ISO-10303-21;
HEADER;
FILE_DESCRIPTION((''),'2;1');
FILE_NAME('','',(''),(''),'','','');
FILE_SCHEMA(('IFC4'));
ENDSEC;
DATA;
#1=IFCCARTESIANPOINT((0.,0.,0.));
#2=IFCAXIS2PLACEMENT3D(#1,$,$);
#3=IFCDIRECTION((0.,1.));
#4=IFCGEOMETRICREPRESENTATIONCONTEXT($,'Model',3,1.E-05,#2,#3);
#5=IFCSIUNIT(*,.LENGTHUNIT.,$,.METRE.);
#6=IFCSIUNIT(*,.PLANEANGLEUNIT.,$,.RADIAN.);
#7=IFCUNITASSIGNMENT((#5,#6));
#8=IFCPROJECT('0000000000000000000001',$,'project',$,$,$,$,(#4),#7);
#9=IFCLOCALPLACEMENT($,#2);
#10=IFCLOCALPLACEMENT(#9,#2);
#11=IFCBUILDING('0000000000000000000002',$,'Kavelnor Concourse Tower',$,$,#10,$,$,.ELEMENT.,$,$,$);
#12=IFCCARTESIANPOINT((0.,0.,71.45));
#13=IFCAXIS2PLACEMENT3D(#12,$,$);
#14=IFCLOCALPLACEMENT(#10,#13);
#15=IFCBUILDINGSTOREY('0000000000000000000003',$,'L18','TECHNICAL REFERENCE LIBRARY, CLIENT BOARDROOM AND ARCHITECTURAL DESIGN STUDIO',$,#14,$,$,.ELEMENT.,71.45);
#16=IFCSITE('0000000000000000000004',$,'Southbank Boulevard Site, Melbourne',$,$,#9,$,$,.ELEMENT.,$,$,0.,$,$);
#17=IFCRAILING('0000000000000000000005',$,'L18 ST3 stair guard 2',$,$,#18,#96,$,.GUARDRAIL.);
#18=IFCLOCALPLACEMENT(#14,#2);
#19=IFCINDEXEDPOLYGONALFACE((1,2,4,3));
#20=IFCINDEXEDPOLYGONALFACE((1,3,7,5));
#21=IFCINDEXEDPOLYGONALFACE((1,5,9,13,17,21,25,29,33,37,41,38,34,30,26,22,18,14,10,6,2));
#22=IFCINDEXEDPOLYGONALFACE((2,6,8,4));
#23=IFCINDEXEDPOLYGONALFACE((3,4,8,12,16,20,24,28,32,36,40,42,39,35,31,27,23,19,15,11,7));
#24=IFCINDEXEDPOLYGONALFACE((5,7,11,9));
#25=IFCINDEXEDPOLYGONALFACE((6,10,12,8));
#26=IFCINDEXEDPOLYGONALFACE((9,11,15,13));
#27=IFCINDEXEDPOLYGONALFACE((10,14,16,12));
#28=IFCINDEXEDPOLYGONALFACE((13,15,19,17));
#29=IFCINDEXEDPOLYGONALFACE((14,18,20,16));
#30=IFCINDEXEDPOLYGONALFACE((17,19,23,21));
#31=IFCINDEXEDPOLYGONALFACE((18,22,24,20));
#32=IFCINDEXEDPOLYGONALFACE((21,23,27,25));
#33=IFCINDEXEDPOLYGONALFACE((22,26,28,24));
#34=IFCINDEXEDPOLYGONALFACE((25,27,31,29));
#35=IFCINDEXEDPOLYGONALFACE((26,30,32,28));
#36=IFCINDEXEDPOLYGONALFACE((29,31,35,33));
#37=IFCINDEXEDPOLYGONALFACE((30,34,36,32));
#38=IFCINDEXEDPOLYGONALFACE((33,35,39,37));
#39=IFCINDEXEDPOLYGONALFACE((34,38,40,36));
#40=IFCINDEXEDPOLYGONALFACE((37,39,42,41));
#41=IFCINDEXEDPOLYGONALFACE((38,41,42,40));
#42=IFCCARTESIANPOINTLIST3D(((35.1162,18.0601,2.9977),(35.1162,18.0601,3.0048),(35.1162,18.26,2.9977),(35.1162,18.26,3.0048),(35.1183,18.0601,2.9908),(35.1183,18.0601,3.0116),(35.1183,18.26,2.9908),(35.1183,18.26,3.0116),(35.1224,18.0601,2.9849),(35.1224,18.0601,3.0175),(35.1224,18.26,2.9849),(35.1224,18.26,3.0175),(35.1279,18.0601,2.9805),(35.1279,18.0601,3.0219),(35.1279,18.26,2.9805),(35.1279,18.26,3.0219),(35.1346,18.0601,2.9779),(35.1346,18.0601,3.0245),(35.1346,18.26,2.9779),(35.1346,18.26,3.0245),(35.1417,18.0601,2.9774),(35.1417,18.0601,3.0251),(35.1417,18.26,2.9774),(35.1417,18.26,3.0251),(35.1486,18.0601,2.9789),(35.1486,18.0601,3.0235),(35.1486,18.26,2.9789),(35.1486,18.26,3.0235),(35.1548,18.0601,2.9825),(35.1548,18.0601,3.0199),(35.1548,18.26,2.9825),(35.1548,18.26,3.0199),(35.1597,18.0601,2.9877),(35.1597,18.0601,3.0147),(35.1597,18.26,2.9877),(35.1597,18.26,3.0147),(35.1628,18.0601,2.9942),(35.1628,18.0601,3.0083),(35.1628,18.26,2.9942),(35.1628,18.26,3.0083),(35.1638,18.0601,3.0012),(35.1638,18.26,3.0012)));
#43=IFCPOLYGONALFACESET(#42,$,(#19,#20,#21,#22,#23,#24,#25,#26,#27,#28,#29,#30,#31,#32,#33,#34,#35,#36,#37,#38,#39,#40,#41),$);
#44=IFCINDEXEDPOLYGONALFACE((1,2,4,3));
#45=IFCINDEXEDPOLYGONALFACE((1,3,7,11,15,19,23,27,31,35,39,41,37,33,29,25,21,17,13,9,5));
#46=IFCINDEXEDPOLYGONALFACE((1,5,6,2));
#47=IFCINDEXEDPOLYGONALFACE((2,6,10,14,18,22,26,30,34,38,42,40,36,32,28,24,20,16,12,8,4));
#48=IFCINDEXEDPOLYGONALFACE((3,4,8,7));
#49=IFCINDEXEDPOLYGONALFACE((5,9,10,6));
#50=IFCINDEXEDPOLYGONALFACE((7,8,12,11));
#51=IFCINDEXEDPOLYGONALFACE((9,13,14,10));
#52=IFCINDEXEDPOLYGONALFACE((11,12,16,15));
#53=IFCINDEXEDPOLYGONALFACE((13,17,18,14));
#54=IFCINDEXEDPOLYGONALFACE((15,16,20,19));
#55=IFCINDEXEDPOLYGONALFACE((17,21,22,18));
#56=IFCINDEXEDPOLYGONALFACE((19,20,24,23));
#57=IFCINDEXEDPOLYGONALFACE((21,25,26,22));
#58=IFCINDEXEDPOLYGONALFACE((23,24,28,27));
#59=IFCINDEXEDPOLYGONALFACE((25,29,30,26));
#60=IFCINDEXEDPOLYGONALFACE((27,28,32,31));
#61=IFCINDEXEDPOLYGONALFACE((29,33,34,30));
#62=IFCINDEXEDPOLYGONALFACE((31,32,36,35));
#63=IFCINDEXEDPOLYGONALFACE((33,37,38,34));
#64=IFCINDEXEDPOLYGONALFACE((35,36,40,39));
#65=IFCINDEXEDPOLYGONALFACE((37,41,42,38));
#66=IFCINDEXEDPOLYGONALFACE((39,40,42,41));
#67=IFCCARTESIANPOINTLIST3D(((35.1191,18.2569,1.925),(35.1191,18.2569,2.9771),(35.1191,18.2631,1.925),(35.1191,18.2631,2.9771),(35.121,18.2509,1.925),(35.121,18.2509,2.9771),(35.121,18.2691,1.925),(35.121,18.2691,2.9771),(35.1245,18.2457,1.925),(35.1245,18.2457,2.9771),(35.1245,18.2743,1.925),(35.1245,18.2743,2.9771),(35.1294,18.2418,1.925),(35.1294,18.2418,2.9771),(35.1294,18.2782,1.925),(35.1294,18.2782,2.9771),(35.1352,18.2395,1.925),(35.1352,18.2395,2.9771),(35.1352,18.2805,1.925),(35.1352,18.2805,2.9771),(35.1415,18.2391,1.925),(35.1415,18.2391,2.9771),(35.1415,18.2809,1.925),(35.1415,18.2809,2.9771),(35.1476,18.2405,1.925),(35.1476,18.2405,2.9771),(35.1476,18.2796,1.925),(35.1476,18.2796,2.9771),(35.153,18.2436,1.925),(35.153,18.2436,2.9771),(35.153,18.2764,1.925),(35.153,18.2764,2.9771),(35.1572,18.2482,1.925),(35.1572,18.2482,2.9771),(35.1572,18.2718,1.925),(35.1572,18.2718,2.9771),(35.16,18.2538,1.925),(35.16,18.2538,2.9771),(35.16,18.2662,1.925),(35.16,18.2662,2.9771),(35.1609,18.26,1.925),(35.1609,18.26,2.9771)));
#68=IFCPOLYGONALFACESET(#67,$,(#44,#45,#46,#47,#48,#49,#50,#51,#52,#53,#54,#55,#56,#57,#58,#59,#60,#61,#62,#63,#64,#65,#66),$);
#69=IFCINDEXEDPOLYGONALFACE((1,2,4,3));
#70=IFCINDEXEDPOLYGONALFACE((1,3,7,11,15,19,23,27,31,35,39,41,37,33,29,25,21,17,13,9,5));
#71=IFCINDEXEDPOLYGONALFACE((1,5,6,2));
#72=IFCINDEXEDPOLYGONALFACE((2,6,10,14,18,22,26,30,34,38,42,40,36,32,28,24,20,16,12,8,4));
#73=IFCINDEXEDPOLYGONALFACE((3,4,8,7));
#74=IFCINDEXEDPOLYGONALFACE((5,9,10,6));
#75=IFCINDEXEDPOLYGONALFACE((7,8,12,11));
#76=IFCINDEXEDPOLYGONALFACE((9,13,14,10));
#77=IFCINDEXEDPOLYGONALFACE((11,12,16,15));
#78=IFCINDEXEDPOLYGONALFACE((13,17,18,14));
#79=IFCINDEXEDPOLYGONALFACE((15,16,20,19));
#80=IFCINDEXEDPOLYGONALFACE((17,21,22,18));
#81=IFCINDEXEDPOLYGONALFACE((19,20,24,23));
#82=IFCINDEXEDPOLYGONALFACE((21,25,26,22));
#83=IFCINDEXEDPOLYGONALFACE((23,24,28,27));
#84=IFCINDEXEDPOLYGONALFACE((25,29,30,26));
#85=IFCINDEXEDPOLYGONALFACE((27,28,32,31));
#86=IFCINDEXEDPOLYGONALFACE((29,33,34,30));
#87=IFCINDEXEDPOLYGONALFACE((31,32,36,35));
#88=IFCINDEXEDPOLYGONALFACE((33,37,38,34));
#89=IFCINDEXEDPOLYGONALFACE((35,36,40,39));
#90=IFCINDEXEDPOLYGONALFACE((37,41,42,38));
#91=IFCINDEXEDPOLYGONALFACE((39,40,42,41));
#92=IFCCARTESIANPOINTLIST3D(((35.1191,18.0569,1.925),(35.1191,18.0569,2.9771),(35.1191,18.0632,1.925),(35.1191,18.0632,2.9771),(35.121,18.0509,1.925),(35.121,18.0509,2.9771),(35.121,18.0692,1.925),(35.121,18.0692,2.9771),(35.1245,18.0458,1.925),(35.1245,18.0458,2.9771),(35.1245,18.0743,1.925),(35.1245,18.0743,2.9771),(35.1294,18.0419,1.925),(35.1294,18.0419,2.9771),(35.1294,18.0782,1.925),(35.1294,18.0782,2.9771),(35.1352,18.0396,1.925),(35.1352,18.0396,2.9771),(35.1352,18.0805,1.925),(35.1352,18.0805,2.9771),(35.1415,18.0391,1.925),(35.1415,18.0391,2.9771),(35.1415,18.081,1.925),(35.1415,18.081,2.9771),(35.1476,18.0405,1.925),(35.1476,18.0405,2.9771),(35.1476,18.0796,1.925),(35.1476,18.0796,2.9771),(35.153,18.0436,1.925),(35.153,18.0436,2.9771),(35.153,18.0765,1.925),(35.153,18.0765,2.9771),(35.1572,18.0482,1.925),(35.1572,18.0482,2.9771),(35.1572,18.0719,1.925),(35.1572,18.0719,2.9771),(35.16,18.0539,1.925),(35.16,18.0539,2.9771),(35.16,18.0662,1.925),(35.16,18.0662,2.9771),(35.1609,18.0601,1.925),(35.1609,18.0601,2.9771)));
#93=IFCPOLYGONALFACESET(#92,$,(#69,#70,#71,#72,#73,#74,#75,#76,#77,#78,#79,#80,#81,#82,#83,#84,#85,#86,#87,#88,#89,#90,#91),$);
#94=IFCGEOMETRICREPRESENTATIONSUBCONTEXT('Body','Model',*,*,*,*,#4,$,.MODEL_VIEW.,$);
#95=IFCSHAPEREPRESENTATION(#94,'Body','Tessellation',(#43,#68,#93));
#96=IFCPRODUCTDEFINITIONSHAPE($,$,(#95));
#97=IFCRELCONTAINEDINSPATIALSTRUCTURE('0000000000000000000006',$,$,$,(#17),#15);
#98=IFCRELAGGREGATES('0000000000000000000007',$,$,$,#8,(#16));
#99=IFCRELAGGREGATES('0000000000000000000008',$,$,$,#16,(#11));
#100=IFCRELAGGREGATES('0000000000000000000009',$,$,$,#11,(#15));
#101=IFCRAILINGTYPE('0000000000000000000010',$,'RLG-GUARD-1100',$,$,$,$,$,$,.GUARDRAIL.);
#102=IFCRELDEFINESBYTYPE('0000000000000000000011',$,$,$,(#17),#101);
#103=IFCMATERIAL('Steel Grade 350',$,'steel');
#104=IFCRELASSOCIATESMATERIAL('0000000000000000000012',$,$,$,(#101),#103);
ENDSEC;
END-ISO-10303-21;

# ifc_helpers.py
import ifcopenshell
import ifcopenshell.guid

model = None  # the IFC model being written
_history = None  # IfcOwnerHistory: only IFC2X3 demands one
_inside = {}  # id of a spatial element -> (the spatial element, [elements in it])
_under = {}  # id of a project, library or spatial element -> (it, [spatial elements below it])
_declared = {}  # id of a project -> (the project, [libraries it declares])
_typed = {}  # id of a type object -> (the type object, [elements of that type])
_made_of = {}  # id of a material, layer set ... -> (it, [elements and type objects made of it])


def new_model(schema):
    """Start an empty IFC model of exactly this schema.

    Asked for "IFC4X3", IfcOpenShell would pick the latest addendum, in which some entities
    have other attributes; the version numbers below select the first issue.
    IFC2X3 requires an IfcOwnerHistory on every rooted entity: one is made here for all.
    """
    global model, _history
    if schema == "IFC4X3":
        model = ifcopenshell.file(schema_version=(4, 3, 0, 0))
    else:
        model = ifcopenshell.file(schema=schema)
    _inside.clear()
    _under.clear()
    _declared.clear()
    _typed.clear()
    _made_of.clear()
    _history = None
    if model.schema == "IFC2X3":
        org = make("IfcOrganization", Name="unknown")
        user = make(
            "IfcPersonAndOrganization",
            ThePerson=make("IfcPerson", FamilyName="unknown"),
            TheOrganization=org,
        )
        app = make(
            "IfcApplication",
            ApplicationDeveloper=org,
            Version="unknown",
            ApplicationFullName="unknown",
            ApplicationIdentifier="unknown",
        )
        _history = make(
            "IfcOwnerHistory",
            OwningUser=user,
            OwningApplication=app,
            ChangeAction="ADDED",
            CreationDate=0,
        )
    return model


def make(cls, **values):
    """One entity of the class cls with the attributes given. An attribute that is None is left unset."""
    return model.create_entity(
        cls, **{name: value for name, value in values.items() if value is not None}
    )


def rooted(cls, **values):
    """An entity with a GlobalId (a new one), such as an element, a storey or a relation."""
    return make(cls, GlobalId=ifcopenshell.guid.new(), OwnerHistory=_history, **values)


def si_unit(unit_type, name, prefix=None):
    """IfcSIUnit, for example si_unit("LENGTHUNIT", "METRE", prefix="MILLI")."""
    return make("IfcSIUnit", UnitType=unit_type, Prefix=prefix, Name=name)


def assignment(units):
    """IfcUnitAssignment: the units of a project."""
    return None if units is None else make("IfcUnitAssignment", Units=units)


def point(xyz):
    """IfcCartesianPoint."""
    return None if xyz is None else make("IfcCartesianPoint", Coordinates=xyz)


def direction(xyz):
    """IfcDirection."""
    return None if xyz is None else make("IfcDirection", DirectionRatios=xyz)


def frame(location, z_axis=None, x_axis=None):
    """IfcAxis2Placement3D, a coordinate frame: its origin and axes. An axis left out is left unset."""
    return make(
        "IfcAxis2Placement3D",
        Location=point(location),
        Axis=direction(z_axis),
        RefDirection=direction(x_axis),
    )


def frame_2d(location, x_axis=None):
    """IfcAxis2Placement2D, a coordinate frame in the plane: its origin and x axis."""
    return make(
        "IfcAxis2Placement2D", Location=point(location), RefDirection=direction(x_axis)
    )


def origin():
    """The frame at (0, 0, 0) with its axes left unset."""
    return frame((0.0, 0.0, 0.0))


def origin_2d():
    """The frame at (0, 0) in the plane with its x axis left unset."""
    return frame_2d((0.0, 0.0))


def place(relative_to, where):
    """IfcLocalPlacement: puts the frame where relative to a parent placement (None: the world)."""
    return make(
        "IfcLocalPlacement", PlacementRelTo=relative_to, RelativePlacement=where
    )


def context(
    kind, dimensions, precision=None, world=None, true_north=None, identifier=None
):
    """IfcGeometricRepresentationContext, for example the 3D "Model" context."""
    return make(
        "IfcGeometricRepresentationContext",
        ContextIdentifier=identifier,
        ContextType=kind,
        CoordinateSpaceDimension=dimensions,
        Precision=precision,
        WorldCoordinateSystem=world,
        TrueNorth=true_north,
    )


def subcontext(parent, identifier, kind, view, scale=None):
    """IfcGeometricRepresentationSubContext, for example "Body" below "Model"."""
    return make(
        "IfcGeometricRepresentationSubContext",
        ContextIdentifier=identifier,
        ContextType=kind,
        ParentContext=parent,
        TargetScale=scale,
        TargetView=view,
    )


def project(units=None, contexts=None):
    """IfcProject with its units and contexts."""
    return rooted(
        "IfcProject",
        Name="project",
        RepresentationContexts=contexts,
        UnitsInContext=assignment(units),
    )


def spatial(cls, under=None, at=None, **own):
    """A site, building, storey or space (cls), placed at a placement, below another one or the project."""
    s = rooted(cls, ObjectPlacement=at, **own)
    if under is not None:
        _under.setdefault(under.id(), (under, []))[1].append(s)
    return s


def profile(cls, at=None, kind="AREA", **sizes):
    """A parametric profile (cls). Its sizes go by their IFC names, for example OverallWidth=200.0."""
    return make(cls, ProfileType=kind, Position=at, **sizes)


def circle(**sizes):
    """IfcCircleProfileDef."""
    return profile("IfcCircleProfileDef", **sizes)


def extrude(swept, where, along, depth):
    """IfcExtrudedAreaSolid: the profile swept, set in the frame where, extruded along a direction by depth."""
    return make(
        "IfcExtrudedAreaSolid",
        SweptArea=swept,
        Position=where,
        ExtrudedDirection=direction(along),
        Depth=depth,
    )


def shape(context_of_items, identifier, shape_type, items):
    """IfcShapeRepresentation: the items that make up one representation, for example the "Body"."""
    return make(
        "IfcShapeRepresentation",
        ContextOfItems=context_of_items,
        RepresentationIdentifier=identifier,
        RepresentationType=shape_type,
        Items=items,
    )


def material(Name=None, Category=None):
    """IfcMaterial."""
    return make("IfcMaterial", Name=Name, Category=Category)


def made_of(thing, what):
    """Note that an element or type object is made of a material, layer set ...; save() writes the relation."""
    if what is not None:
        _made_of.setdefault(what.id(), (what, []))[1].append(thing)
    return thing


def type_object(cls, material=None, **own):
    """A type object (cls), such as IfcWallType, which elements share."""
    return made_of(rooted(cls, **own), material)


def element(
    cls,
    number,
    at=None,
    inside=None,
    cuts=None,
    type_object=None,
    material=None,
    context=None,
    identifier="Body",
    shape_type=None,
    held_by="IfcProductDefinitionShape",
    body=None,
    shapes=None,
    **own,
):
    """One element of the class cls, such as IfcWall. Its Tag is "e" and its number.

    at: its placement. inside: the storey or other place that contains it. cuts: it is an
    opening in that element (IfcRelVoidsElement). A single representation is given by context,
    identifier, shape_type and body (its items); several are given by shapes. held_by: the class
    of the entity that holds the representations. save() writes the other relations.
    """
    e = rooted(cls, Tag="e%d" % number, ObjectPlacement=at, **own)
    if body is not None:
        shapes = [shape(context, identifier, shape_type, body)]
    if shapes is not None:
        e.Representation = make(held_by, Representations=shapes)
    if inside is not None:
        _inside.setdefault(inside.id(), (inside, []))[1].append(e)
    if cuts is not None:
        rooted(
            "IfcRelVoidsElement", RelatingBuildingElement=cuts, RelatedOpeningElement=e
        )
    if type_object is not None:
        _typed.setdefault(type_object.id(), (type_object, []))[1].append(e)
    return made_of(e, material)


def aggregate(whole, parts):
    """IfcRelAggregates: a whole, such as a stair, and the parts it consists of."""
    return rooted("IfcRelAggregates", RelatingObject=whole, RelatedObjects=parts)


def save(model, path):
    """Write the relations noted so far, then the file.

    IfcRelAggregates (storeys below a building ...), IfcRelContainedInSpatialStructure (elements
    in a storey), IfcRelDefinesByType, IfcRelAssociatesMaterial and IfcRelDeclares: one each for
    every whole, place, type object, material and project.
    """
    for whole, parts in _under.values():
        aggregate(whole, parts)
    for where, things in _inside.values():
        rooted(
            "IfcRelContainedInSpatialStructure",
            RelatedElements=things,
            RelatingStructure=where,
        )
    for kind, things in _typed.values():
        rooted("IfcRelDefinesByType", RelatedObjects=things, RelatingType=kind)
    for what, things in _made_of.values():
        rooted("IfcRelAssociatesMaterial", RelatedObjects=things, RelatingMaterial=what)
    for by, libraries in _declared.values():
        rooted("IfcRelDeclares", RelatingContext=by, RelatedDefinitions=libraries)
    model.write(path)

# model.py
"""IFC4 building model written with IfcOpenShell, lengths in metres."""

from ifc_helpers import new_model, si_unit, direction, frame, origin, origin_2d, place, context, subcontext, project, spatial, circle, extrude, material, type_object, element, save


model = new_model("IFC4")

# Units and contexts
model_context = context("Model", 3, precision=1e-05, world=origin(), true_north=direction((0.0, 1.0)))
body_context = subcontext(model_context, "Body", "Model", "MODEL_VIEW")
ifc_project = project(units=[si_unit("LENGTHUNIT", "METRE"), si_unit("PLANEANGLEUNIT", "RADIAN")], contexts=[model_context])

# Site, building, storey
site_placement = place(None, origin())
site = spatial("IfcSite", under=ifc_project, at=site_placement, Name="Southbank Boulevard Site, Melbourne", CompositionType="ELEMENT", RefElevation=0.0)
building_placement = place(site_placement, origin())
building = spatial("IfcBuilding", under=site, at=building_placement, Name="Kavelnor Concourse Tower", CompositionType="ELEMENT")
storey_placement = place(building_placement, frame((0.0, 0.0, 71.45)))
storey = spatial("IfcBuildingStorey", under=building, at=storey_placement, Name="L18", Description="TECHNICAL REFERENCE LIBRARY, CLIENT BOARDROOM AND ARCHITECTURAL DESIGN STUDIO", CompositionType="ELEMENT", Elevation=71.45)

# Shared definitions
ifc_material_1 = material(Name="Steel Grade 350", Category="steel")

# Railing
railing_type_1 = type_object("IfcRailingType", Name="RLG-GUARD-1100", PredefinedType="GUARDRAIL", material=ifc_material_1)
railing_1_placement = place(storey_placement, frame((35.1399, 18.26, 1.925)))
element("IfcRailing", 1, at=railing_1_placement, inside=storey, type_object=railing_type_1, Name="L18 ST3 stair guard 2", PredefinedType="GUARDRAIL", context=body_context, shape_type="SweptSolid", body=[
    extrude(circle(Radius=0.0239, at=origin_2d()), frame((0.0, 0.0, 1.0762), z_axis=(0.0, -1.0, 0.0), x_axis=(1.0, 0.0, 0.0)), (0.0, 0.0, 1.0), 0.2),
    extrude(circle(Radius=0.021, at=origin_2d()), origin(), (0.0, 0.0, 1.0), 1.052),
    extrude(circle(Radius=0.021, at=origin_2d()), frame((0.0, -0.2, 0.0)), (0.0, 0.0, 1.0), 1.052),
])

save(model, "model.ifc")
